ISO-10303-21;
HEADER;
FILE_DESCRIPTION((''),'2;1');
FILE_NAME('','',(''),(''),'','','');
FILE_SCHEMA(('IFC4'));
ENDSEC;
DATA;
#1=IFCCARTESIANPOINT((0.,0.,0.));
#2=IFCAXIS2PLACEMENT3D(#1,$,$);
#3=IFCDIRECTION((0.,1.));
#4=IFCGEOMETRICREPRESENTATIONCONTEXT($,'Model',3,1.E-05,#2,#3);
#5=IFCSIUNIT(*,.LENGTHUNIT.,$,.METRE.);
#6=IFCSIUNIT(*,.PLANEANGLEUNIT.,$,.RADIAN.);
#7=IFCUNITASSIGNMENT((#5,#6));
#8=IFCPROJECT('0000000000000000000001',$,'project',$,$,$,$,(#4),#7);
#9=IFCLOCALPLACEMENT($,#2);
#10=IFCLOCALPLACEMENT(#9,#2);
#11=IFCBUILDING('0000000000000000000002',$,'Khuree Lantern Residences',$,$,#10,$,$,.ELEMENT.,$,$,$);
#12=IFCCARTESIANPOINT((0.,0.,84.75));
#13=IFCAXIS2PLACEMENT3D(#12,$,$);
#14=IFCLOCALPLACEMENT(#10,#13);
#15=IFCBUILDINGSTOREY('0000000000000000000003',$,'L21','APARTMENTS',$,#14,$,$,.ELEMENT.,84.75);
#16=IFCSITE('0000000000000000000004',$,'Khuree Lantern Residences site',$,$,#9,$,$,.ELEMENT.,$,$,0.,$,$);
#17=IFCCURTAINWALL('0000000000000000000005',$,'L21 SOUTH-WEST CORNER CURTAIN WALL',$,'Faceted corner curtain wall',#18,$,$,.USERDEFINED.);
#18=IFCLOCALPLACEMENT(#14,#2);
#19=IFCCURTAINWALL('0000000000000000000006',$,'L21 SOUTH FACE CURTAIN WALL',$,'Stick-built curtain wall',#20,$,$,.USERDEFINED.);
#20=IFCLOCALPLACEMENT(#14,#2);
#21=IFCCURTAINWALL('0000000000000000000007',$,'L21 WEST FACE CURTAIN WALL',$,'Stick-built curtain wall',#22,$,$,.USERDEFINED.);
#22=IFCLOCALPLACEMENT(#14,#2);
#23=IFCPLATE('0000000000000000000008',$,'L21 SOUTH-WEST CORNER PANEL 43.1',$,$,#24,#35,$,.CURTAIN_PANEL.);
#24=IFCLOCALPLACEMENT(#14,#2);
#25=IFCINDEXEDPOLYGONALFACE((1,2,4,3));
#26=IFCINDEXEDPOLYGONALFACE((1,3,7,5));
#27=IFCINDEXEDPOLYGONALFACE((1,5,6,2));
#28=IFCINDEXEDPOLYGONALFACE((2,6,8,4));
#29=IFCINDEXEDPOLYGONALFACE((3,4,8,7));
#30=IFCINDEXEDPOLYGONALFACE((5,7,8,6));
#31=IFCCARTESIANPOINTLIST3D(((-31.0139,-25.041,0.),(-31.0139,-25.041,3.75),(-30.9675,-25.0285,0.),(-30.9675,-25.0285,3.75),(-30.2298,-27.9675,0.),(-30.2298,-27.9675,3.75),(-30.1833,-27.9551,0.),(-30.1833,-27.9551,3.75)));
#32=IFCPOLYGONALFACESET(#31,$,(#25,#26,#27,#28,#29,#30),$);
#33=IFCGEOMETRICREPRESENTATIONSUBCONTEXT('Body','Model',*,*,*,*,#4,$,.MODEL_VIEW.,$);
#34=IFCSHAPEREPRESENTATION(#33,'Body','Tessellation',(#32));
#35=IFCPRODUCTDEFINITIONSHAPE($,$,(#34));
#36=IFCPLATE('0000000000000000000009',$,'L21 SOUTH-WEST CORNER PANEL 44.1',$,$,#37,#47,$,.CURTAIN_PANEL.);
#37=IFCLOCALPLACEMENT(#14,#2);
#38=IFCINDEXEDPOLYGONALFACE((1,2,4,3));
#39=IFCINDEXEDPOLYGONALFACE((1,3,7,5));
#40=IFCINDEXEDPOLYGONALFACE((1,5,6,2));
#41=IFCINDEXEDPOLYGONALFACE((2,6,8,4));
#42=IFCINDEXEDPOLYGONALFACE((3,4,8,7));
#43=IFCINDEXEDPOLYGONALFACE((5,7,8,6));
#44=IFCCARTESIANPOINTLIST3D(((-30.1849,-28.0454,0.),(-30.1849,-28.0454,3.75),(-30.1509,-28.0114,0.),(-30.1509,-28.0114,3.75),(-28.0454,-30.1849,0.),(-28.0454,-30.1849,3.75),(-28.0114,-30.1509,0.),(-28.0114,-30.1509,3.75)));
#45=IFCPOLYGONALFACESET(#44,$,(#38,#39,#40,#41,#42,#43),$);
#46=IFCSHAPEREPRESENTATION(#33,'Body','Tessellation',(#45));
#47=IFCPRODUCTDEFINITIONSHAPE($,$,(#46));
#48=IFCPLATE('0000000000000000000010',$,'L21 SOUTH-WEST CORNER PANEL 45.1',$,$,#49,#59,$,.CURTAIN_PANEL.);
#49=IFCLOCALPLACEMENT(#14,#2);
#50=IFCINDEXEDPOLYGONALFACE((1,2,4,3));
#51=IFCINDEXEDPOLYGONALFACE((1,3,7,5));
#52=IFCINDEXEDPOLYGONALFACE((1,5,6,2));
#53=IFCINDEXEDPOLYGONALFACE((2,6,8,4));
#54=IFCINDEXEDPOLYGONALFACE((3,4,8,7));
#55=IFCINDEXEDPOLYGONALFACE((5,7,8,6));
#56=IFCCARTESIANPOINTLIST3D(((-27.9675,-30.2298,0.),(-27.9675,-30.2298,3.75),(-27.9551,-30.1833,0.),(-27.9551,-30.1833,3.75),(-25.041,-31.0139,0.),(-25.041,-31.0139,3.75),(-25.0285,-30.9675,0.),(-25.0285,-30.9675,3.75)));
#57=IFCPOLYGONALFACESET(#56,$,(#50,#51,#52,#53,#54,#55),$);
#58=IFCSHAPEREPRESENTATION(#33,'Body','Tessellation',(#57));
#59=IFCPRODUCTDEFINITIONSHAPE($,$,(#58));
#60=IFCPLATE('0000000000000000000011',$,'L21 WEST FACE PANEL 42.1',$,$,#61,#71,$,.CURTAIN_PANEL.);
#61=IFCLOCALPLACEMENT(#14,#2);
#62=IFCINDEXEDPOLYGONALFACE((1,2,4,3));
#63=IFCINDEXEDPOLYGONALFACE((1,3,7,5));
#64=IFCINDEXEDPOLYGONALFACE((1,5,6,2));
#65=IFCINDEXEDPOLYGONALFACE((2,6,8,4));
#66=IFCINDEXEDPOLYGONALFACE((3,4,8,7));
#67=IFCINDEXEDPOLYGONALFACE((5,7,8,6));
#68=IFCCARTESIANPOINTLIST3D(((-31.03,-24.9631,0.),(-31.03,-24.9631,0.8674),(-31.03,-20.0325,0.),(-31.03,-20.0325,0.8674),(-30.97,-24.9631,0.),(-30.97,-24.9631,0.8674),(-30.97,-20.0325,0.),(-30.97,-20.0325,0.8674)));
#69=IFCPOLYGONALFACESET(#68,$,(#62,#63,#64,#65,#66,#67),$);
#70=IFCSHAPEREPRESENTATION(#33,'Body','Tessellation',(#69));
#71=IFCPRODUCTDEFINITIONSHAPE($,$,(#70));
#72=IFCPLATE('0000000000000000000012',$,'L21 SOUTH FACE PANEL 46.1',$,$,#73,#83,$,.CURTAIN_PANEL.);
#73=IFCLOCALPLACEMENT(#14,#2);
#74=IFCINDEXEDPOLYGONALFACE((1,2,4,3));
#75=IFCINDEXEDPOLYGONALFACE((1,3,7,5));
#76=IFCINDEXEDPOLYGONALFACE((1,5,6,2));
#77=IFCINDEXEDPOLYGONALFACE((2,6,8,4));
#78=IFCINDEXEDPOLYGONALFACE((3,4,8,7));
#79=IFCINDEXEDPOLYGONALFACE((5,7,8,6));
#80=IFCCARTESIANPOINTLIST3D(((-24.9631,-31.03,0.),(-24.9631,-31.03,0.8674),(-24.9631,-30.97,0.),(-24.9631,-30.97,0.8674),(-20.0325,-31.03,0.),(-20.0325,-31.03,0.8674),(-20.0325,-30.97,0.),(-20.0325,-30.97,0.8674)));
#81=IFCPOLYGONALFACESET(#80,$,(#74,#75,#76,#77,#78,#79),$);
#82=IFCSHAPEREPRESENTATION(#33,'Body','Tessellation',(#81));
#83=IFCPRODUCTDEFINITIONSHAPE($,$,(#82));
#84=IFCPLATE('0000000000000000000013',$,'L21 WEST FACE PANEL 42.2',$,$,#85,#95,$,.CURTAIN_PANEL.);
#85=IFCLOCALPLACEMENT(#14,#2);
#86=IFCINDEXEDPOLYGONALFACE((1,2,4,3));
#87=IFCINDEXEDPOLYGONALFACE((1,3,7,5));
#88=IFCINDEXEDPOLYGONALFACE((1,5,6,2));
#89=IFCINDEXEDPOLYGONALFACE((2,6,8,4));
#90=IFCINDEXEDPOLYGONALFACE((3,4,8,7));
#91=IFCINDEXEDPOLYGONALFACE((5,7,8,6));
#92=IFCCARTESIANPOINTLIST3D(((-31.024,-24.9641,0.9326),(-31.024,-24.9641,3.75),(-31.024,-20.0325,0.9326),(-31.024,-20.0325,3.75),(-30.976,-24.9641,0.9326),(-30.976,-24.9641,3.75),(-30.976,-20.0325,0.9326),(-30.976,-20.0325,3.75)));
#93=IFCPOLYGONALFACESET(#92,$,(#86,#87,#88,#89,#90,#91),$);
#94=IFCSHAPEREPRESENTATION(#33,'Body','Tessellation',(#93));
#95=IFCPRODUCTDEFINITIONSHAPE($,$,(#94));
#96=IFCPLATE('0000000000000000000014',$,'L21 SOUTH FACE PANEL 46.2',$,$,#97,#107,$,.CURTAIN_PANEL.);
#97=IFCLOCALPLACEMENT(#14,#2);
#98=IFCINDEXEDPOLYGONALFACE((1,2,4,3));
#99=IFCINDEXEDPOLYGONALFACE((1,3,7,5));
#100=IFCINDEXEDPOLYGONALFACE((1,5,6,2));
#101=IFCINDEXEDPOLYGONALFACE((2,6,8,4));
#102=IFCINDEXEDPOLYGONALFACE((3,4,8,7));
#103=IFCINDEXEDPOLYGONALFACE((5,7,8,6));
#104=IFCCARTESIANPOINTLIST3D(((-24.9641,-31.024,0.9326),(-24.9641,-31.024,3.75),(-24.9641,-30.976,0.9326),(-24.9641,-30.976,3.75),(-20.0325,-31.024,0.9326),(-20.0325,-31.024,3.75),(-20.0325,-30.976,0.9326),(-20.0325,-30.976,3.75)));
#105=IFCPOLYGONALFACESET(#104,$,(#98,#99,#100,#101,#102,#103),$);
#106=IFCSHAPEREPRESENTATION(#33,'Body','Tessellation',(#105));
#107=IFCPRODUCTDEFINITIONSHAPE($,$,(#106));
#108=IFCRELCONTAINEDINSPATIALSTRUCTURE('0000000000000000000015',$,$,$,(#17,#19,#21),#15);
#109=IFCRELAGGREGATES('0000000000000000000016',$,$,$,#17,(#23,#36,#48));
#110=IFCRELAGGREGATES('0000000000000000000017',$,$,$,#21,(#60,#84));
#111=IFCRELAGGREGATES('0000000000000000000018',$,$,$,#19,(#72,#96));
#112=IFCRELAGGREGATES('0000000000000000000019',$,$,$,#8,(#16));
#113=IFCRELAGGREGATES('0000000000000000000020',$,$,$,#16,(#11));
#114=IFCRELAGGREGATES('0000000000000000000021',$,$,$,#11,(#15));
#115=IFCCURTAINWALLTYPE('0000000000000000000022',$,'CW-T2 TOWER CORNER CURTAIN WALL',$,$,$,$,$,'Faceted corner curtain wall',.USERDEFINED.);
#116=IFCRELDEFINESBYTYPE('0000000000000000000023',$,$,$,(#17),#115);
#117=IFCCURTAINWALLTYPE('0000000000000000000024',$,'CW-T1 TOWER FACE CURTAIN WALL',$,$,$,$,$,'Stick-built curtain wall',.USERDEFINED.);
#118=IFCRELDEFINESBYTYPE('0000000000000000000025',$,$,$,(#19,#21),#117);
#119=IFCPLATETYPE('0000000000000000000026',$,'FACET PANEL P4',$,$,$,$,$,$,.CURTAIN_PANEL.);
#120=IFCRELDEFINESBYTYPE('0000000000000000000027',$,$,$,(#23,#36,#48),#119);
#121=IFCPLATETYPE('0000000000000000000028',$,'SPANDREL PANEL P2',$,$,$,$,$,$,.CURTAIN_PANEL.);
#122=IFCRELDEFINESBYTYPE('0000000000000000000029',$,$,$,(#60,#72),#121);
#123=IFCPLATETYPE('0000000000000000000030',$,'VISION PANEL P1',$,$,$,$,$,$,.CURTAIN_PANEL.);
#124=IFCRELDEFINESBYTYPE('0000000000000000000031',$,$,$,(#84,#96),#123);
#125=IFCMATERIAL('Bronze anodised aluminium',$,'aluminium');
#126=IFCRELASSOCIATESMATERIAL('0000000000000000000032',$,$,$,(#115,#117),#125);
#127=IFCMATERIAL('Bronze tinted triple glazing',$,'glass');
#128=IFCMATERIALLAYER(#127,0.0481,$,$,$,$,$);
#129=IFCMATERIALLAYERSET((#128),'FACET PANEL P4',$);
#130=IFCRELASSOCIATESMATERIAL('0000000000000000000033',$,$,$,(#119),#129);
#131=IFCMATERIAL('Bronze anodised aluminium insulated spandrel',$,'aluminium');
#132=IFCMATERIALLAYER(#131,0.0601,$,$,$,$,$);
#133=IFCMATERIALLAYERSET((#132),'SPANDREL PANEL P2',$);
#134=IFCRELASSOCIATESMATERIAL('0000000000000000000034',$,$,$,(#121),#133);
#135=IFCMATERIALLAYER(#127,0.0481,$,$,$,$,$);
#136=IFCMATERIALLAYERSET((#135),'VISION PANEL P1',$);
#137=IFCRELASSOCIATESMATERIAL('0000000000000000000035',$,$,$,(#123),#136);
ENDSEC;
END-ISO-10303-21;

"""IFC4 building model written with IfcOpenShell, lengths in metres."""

from ifc_helpers import new_model, si_unit, direction, frame, origin, origin_2d, place, context, subcontext, project, spatial, rectangle, extrude, material, layer, layer_set, type_object, element, aggregate, save


model = new_model("IFC4")

# Units and contexts
model_context = context("Model", 3, precision=1e-05, world=origin(), true_north=direction((0.0, 1.0)))
body_context = subcontext(model_context, "Body", "Model", "MODEL_VIEW")
ifc_project = project(units=[si_unit("LENGTHUNIT", "METRE"), si_unit("PLANEANGLEUNIT", "RADIAN")], contexts=[model_context])

# Site, building, storey
site_placement = place(None, origin())
site = spatial("IfcSite", under=ifc_project, at=site_placement, Name="Khuree Lantern Residences site", CompositionType="ELEMENT", RefElevation=0.0)
building_placement = place(site_placement, origin())
building = spatial("IfcBuilding", under=site, at=building_placement, Name="Khuree Lantern Residences", CompositionType="ELEMENT")
storey_placement = place(building_placement, frame((0.0, 0.0, 84.75)))
storey = spatial("IfcBuildingStorey", under=building, at=storey_placement, Name="L21", Description="APARTMENTS", CompositionType="ELEMENT", Elevation=84.75)

# Curtain walls
ifc_material_1 = material(Name="Bronze anodised aluminium", Category="aluminium")
curtain_wall_type_1 = type_object("IfcCurtainWallType", Name="CW-T2 TOWER CORNER CURTAIN WALL", ElementType="Faceted corner curtain wall", PredefinedType="USERDEFINED", material=ifc_material_1)
curtain_wall_1_placement = place(storey_placement, origin())
curtain_wall_1 = element("IfcCurtainWall", 1, at=curtain_wall_1_placement, inside=storey, type_object=curtain_wall_type_1, Name="L21 SOUTH-WEST CORNER CURTAIN WALL", ObjectType="Faceted corner curtain wall", PredefinedType="USERDEFINED")
curtain_wall_type_2 = type_object("IfcCurtainWallType", Name="CW-T1 TOWER FACE CURTAIN WALL", ElementType="Stick-built curtain wall", PredefinedType="USERDEFINED", material=ifc_material_1)
curtain_wall_2_placement = place(storey_placement, origin())
curtain_wall_2 = element("IfcCurtainWall", 2, at=curtain_wall_2_placement, inside=storey, type_object=curtain_wall_type_2, Name="L21 SOUTH FACE CURTAIN WALL", ObjectType="Stick-built curtain wall", PredefinedType="USERDEFINED")

# Curtain wall
curtain_wall_3_placement = place(storey_placement, origin())
curtain_wall_3 = element("IfcCurtainWall", 3, at=curtain_wall_3_placement, inside=storey, type_object=curtain_wall_type_2, Name="L21 WEST FACE CURTAIN WALL", ObjectType="Stick-built curtain wall", PredefinedType="USERDEFINED")

# Plates
ifc_material_2 = material(Name="Bronze tinted triple glazing", Category="glass")
ifc_layer_1 = layer(ifc_material_2, 0.0481)
ifc_layer_set_1 = layer_set([ifc_layer_1], Name="FACET PANEL P4")
plate_type_1 = type_object("IfcPlateType", Name="FACET PANEL P4", PredefinedType="CURTAIN_PANEL", material=ifc_layer_set_1)
plate_1_placement = place(storey_placement, frame((-30.5986, -26.498, 0.0), z_axis=(0.0, 0.0, 1.0), x_axis=(0.258819, -0.965926, 0.0)))
plate_1 = element("IfcPlate", 4, at=plate_1_placement, type_object=plate_type_1, Name="L21 SOUTH-WEST CORNER PANEL 43.1", PredefinedType="CURTAIN_PANEL", context=body_context, shape_type="SweptSolid", body=[
    extrude(rectangle(XDim=3.0298, YDim=0.0481, at=origin_2d()), origin(), (0.0, 0.0, 1.0), 3.75),
])
plate_2_placement = place(storey_placement, frame((-29.0981, -29.0981, 0.0), z_axis=(0.0, 0.0, 1.0), x_axis=(0.707107, -0.707107, 0.0)))
plate_2 = element("IfcPlate", 5, at=plate_2_placement, type_object=plate_type_1, Name="L21 SOUTH-WEST CORNER PANEL 44.1", PredefinedType="CURTAIN_PANEL", context=body_context, shape_type="SweptSolid", body=[
    extrude(rectangle(XDim=3.0256, YDim=0.0481, at=origin_2d()), origin(), (0.0, 0.0, 1.0), 3.75),
])
plate_3_placement = place(storey_placement, frame((-26.498, -30.5986, 0.0), z_axis=(0.0, 0.0, 1.0), x_axis=(0.965926, -0.258819, 0.0)))
plate_3 = element("IfcPlate", 6, at=plate_3_placement, type_object=plate_type_1, Name="L21 SOUTH-WEST CORNER PANEL 45.1", PredefinedType="CURTAIN_PANEL", context=body_context, shape_type="SweptSolid", body=[
    extrude(rectangle(XDim=3.0298, YDim=0.0481, at=origin_2d()), origin(), (0.0, 0.0, 1.0), 3.75),
])
aggregate(curtain_wall_1, [plate_1, plate_2, plate_3])
ifc_material_3 = material(Name="Bronze anodised aluminium insulated spandrel", Category="aluminium")
ifc_layer_2 = layer(ifc_material_3, 0.0601)
ifc_layer_set_2 = layer_set([ifc_layer_2], Name="SPANDREL PANEL P2")
plate_type_2 = type_object("IfcPlateType", Name="SPANDREL PANEL P2", PredefinedType="CURTAIN_PANEL", material=ifc_layer_set_2)
plate_4_placement = place(storey_placement, frame((-31.0, -22.4978, 0.0), z_axis=(0.0, 0.0, 1.0), x_axis=(0.0, -1.0, 0.0)))
plate_4 = element("IfcPlate", 7, at=plate_4_placement, type_object=plate_type_2, Name="L21 WEST FACE PANEL 42.1", PredefinedType="CURTAIN_PANEL", context=body_context, shape_type="SweptSolid", body=[
    extrude(rectangle(XDim=4.9307, YDim=0.0601, at=origin_2d()), origin(), (0.0, 0.0, 1.0), 0.8674),
])
plate_5_placement = place(storey_placement, frame((-22.4978, -31.0, 0.0), z_axis=(0.0, 0.0, 1.0), x_axis=(1.0, 0.0, 0.0)))
plate_5 = element("IfcPlate", 8, at=plate_5_placement, type_object=plate_type_2, Name="L21 SOUTH FACE PANEL 46.1", PredefinedType="CURTAIN_PANEL", context=body_context, shape_type="SweptSolid", body=[
    extrude(rectangle(XDim=4.9307, YDim=0.0601, at=origin_2d()), origin(), (0.0, 0.0, 1.0), 0.8674),
])
ifc_layer_3 = layer(ifc_material_2, 0.0481)
ifc_layer_set_3 = layer_set([ifc_layer_3], Name="VISION PANEL P1")
plate_type_3 = type_object("IfcPlateType", Name="VISION PANEL P1", PredefinedType="CURTAIN_PANEL", material=ifc_layer_set_3)
plate_6_placement = place(storey_placement, frame((-31.0, -22.4983, 0.9326), z_axis=(0.0, 0.0, 1.0), x_axis=(0.0, -1.0, 0.0)))
plate_6 = element("IfcPlate", 9, at=plate_6_placement, type_object=plate_type_3, Name="L21 WEST FACE PANEL 42.2", PredefinedType="CURTAIN_PANEL", context=body_context, shape_type="SweptSolid", body=[
    extrude(rectangle(XDim=4.9316, YDim=0.0481, at=origin_2d()), origin(), (0.0, 0.0, 1.0), 2.8174),
])
aggregate(curtain_wall_3, [plate_4, plate_6])
plate_7_placement = place(storey_placement, frame((-22.4983, -31.0, 0.9326), z_axis=(0.0, 0.0, 1.0), x_axis=(1.0, 0.0, 0.0)))
plate_7 = element("IfcPlate", 10, at=plate_7_placement, type_object=plate_type_3, Name="L21 SOUTH FACE PANEL 46.2", PredefinedType="CURTAIN_PANEL", context=body_context, shape_type="SweptSolid", body=[
    extrude(rectangle(XDim=4.9316, YDim=0.0481, at=origin_2d()), origin(), (0.0, 0.0, 1.0), 2.8174),
])
aggregate(curtain_wall_2, [plate_5, plate_7])

save(model, "model.ifc")
